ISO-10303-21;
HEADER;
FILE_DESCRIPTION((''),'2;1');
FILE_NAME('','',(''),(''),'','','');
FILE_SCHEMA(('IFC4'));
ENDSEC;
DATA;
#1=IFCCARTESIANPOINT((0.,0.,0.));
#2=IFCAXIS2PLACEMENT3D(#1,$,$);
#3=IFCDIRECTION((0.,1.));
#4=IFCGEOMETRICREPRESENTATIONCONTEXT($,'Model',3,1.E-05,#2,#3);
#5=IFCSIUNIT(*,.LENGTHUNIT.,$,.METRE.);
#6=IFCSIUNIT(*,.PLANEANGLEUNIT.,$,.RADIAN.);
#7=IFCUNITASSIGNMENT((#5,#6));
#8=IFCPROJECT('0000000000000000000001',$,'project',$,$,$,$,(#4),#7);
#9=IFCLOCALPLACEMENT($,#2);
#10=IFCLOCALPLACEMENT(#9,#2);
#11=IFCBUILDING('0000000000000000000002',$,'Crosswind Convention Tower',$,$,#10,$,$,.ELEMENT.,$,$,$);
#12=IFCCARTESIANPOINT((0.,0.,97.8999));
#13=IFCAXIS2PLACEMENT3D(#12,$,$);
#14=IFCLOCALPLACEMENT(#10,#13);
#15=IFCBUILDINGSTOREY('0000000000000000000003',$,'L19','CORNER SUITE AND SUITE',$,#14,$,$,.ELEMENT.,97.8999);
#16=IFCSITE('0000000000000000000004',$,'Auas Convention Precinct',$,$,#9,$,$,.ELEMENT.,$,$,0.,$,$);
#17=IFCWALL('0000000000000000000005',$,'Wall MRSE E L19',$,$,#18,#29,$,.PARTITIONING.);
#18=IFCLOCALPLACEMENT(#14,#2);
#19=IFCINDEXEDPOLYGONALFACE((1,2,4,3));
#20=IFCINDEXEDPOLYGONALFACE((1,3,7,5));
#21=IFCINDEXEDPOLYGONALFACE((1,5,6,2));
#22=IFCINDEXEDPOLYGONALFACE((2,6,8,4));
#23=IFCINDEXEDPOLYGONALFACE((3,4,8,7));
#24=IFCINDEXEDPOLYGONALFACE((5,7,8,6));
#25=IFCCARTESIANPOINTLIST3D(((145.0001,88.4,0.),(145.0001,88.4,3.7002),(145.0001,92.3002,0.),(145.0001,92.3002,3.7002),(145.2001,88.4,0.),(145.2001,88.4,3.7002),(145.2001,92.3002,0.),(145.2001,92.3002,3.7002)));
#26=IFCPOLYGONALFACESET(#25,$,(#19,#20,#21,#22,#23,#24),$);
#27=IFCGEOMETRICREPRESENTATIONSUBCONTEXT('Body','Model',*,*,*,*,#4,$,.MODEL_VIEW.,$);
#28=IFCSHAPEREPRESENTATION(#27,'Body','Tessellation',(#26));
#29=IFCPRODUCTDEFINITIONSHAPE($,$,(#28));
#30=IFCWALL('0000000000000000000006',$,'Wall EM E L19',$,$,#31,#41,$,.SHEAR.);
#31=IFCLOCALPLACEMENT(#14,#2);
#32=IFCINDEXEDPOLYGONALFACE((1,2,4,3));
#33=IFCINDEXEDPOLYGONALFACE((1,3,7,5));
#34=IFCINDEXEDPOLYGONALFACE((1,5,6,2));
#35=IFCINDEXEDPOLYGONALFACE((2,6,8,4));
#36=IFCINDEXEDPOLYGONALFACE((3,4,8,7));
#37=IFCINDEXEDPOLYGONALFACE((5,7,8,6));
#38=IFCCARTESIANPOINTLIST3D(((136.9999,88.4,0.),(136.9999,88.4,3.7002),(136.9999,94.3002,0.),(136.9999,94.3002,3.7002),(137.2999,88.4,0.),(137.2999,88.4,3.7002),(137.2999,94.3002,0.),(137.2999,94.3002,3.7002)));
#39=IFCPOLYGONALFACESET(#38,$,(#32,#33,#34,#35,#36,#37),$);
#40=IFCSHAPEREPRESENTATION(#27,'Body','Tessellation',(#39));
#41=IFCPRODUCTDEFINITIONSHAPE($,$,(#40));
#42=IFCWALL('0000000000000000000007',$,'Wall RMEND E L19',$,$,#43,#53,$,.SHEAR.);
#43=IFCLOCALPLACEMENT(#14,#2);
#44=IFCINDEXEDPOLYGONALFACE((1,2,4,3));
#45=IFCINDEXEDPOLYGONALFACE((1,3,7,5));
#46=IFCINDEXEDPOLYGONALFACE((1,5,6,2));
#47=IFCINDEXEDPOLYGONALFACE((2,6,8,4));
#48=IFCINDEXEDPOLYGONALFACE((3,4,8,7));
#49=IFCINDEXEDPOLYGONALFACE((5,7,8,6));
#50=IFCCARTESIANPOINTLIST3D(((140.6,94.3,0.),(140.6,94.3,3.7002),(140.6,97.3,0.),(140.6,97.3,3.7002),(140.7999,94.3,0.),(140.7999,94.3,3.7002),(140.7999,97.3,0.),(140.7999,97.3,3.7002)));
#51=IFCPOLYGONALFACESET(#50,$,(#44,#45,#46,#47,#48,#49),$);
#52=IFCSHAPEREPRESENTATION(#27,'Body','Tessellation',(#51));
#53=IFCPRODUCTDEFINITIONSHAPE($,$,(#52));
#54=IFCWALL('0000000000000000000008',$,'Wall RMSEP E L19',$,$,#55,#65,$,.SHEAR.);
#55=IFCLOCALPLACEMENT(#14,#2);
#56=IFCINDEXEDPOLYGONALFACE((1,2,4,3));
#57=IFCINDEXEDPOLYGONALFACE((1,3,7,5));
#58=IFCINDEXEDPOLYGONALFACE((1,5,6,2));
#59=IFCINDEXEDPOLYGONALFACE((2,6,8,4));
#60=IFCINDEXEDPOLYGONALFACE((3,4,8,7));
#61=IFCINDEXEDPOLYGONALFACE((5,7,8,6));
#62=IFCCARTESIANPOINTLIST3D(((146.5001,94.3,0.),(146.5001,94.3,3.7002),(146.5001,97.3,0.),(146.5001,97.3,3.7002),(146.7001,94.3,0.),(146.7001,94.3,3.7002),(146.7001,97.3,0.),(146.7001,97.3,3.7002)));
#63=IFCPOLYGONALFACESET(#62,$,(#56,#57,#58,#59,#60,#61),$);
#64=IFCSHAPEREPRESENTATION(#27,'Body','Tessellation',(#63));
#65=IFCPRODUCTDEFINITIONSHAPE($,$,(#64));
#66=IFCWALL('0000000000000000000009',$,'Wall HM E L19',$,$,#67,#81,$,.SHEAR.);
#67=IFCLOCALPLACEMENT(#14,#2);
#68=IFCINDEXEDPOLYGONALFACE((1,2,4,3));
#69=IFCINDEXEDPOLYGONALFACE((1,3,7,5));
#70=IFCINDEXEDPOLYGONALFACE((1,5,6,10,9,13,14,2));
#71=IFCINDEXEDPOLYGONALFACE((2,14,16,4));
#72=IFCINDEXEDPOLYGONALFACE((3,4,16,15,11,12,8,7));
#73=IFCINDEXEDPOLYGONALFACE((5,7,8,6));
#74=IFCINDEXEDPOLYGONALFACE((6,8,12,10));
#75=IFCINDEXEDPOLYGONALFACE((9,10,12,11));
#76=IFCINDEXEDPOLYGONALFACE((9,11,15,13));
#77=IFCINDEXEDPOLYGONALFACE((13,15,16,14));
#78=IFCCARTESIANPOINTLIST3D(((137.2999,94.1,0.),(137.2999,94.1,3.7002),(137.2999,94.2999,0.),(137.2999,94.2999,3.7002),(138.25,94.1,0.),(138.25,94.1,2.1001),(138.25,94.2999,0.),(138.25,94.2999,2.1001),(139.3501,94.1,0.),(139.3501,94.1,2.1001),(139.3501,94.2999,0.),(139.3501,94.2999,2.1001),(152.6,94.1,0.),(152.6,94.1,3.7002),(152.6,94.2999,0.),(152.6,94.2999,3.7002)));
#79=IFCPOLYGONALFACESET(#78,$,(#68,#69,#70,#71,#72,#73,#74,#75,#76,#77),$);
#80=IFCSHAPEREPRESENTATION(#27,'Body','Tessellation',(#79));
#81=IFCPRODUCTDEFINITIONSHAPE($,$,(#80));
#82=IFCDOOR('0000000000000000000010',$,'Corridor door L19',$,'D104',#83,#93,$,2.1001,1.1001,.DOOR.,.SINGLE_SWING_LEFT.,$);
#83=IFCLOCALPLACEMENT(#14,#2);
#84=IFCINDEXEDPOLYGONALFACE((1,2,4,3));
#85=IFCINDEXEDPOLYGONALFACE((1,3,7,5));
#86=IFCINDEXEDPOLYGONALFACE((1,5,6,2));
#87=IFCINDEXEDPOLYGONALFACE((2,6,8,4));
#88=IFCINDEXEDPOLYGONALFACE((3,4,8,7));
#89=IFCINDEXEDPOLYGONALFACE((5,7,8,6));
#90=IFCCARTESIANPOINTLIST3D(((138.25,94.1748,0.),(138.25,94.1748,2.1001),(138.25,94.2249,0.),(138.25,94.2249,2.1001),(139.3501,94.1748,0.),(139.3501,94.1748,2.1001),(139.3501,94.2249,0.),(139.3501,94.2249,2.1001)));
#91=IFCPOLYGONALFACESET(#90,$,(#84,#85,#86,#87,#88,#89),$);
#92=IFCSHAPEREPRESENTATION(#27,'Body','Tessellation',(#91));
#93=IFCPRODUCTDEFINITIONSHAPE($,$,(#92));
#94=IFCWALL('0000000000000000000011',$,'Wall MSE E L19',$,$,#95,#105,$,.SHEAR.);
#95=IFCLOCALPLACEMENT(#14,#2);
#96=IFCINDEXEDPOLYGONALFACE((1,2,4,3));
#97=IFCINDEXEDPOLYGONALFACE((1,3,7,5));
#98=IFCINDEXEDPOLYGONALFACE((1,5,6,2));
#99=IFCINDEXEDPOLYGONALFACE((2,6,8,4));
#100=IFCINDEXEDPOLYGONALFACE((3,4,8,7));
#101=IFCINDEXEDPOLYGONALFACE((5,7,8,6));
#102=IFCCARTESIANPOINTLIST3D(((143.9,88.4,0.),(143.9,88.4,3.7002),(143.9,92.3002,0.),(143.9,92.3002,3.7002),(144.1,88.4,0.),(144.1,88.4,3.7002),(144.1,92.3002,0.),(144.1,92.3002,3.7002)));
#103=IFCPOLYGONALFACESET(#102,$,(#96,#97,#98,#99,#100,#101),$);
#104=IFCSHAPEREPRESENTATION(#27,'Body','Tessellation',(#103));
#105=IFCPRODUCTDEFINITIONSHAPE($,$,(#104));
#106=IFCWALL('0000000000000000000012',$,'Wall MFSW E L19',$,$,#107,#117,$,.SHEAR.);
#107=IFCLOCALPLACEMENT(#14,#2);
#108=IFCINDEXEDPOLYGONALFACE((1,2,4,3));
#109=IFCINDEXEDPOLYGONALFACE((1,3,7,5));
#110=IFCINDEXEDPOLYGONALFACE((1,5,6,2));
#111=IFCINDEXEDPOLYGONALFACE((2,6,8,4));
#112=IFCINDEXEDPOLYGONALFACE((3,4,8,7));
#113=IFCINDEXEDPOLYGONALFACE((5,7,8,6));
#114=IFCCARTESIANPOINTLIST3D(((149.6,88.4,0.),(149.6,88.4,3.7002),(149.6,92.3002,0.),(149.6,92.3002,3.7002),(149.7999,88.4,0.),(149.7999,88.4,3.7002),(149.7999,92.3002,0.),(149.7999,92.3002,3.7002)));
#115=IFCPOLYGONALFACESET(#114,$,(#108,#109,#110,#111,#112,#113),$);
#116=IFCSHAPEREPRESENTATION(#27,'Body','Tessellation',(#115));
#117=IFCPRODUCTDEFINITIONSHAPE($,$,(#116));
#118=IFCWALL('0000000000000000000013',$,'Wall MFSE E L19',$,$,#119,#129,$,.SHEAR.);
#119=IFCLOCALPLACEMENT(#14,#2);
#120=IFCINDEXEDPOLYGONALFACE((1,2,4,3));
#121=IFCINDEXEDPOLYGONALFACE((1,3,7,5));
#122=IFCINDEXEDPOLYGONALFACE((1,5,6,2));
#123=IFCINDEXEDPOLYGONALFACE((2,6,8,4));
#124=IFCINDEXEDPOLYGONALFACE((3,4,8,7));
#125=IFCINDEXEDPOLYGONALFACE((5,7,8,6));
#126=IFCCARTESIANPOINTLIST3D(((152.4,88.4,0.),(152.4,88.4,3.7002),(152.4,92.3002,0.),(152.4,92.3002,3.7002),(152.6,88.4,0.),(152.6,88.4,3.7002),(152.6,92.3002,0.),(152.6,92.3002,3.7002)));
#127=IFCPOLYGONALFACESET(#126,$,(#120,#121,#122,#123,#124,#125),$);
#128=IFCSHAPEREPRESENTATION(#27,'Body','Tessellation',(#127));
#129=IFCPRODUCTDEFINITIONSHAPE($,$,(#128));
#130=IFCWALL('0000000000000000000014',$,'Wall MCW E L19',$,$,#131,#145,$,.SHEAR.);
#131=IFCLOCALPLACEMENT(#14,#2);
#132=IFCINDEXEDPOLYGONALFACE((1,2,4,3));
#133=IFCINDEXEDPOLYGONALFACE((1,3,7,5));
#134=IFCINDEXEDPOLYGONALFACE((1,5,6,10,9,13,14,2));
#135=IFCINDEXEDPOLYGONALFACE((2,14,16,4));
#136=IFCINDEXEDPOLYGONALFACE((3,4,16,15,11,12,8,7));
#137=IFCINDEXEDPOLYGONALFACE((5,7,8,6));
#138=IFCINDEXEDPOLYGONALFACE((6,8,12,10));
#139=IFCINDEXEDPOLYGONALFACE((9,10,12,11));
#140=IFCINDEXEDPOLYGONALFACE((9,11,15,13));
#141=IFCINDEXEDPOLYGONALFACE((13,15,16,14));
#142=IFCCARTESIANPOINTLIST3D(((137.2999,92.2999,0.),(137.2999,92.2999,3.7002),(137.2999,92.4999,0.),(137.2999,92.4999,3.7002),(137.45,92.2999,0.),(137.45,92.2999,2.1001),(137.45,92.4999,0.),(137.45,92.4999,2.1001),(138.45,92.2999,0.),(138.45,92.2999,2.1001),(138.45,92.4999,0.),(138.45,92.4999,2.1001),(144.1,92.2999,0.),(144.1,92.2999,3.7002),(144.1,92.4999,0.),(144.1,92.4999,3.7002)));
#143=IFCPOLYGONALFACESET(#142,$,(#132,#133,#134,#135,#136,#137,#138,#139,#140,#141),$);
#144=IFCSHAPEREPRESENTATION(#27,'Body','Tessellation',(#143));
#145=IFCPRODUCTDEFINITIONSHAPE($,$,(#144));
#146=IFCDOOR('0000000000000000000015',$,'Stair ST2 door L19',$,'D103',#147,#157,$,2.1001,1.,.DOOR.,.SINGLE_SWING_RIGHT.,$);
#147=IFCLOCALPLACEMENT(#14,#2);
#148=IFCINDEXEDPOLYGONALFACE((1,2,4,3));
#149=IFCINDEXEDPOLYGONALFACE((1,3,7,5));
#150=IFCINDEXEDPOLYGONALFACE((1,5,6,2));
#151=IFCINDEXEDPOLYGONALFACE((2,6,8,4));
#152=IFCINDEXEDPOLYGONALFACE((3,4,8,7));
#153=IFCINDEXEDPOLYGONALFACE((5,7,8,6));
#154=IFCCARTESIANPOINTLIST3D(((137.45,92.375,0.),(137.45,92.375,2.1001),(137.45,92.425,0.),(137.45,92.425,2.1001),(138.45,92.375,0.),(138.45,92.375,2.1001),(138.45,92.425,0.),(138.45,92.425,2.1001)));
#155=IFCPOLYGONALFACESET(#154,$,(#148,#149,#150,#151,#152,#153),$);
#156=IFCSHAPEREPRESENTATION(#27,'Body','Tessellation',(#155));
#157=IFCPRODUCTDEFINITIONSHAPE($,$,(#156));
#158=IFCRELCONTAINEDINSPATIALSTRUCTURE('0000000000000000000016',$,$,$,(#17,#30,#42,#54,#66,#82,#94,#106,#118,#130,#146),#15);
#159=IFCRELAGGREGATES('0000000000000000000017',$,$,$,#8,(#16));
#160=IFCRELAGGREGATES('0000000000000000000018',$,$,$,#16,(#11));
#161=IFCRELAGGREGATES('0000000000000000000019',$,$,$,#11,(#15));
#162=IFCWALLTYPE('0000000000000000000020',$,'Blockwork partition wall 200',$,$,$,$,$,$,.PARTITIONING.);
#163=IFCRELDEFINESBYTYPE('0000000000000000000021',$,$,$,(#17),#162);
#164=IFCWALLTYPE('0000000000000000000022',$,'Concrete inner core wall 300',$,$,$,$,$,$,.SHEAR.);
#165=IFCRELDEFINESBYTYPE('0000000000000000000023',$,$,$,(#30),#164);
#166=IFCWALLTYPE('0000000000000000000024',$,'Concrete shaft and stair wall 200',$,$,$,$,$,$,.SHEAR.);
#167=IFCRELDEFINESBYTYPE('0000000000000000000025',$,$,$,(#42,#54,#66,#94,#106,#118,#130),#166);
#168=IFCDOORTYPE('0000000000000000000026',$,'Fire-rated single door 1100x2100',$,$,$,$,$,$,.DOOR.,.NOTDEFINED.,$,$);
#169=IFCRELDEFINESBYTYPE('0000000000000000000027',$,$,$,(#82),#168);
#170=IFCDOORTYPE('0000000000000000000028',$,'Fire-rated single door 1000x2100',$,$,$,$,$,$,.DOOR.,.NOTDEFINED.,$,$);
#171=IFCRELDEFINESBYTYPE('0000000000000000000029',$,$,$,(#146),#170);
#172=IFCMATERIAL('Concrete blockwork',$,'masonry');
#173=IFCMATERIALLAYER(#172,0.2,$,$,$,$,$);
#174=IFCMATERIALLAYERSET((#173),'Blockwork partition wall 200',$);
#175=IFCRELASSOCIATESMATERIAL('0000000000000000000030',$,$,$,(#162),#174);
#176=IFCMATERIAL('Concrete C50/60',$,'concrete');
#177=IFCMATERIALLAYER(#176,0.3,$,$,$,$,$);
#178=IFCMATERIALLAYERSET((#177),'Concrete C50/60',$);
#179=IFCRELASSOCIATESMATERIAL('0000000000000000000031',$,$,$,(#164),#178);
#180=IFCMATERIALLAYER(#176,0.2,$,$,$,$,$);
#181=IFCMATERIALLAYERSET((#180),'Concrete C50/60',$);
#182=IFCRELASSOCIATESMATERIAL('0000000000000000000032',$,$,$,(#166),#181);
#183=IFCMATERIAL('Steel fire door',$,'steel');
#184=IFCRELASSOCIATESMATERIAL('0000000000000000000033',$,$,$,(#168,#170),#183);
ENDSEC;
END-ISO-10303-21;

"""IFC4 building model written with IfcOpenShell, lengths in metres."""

from ifc_helpers import new_model, si_unit, direction, frame, frame_2d, origin, place, context, subcontext, project, spatial, rectangle, extrude, material, layer, layer_set, type_object, element, fill, save


model = new_model("IFC4")

# Units and contexts
model_context = context("Model", 3, precision=1e-05, world=origin(), true_north=direction((0.0, 1.0)))
body_context = subcontext(model_context, "Body", "Model", "MODEL_VIEW")
ifc_project = project(units=[si_unit("LENGTHUNIT", "METRE"), si_unit("PLANEANGLEUNIT", "RADIAN")], contexts=[model_context])

# Site, building, storey
site_placement = place(None, origin())
site = spatial("IfcSite", under=ifc_project, at=site_placement, Name="Auas Convention Precinct", CompositionType="ELEMENT", RefElevation=0.0)
building_placement = place(site_placement, origin())
building = spatial("IfcBuilding", under=site, at=building_placement, Name="Crosswind Convention Tower", CompositionType="ELEMENT")
storey_placement = place(building_placement, frame((0.0, 0.0, 97.8999)))
storey = spatial("IfcBuildingStorey", under=building, at=storey_placement, Name="L19", Description="CORNER SUITE AND SUITE", CompositionType="ELEMENT", Elevation=97.8999)

# Wall
ifc_material_1 = material(Name="Concrete blockwork", Category="masonry")
ifc_layer_1 = layer(ifc_material_1, 0.2)
ifc_layer_set_1 = layer_set([ifc_layer_1], Name="Blockwork partition wall 200")
wall_type_1 = type_object("IfcWallType", Name="Blockwork partition wall 200", PredefinedType="PARTITIONING", material=ifc_layer_set_1)
wall_1_placement = place(storey_placement, frame((145.1001, 88.3999, 0.0), z_axis=(0.0, 0.0, 1.0), x_axis=(0.0, 1.0, 0.0)))
element("IfcWall", 1, at=wall_1_placement, inside=storey, type_object=wall_type_1, Name="Wall MRSE E L19", PredefinedType="PARTITIONING", context=body_context, shape_type="SweptSolid", body=[
    extrude(rectangle(XDim=3.9001, YDim=0.2, at=frame_2d((1.9502, 0.0))), origin(), (0.0, 0.0, 1.0), 3.7002),
])

# Shared definitions
ifc_material_2 = material(Name="Concrete C50/60", Category="concrete")
ifc_layer_2 = layer(ifc_material_2, 0.3)
ifc_layer_set_2 = layer_set([ifc_layer_2], Name="Concrete C50/60")
wall_type_2 = type_object("IfcWallType", Name="Concrete inner core wall 300", PredefinedType="SHEAR", material=ifc_layer_set_2)

# Walls
wall_2_placement = place(storey_placement, frame((137.1499, 88.3999, 0.0), z_axis=(0.0, 0.0, 1.0), x_axis=(0.0, 1.0, 0.0)))
element("IfcWall", 2, at=wall_2_placement, inside=storey, type_object=wall_type_2, Name="Wall EM E L19", PredefinedType="SHEAR", context=body_context, shape_type="SweptSolid", body=[
    extrude(rectangle(XDim=5.9001, YDim=0.3, at=frame_2d((2.9502, 0.0))), origin(), (0.0, 0.0, 1.0), 3.7002),
])
ifc_layer_3 = layer(ifc_material_2, 0.2)
ifc_layer_set_3 = layer_set([ifc_layer_3], Name="Concrete C50/60")
wall_type_3 = type_object("IfcWallType", Name="Concrete shaft and stair wall 200", PredefinedType="SHEAR", material=ifc_layer_set_3)
for number, where, z_axis, x_axis, name in (
    (3, (140.7, 94.3, 0.0), (0.0, 0.0, 1.0), (0.0, 1.0, 0.0), "Wall RMEND E L19"),
    (4, (146.6001, 94.3, 0.0), (0.0, 0.0, 1.0), (0.0, 1.0, 0.0), "Wall RMSEP E L19"),
):
    element("IfcWall", number, at=place(storey_placement, frame(where, z_axis=z_axis, x_axis=x_axis)), inside=storey, type_object=wall_type_3, Name=name, PredefinedType="SHEAR", context=body_context, shape_type="SweptSolid", body=[
        extrude(rectangle(XDim=3.0, YDim=0.2, at=frame_2d((1.5, 0.0))), origin(), (0.0, 0.0, 1.0), 3.7002),
    ])

# Wall, opening, door
wall_3_placement = place(storey_placement, frame((137.3, 94.2, 0.0), z_axis=(0.0, 0.0, 1.0), x_axis=(1.0, 0.0, 0.0)))
wall_3 = element("IfcWall", 5, at=wall_3_placement, inside=storey, type_object=wall_type_3, Name="Wall HM E L19", PredefinedType="SHEAR", context=body_context, shape_type="SweptSolid", body=[
    extrude(rectangle(XDim=15.3, YDim=0.2, at=frame_2d((7.6499, 0.0))), origin(), (0.0, 0.0, 1.0), 3.7002),
])
opening_1_placement = place(wall_3_placement, frame((0.95, 0.0, 0.0)))
opening_1 = element("IfcOpeningElement", 6, at=opening_1_placement, cuts=wall_3, PredefinedType="OPENING", context=body_context, shape_type="SweptSolid", body=[
    extrude(rectangle(XDim=1.1001, YDim=2.1001, at=frame_2d((0.55, 1.05))), frame((0.0, 0.1099, 0.0), z_axis=(0.0, -1.0, 0.0), x_axis=(1.0, 0.0, 0.0)), (0.0, 0.0, 1.0), 0.22),
])
ifc_material_3 = material(Name="Steel fire door", Category="steel")
door_type_1 = type_object("IfcDoorType", Name="Fire-rated single door 1100x2100", OperationType="NOTDEFINED", PredefinedType="DOOR", material=ifc_material_3)
door_1_placement = place(opening_1_placement, origin())
door_1 = element("IfcDoor", 7, at=door_1_placement, inside=storey, type_object=door_type_1, Name="Corridor door L19", ObjectType="D104", OperationType="SINGLE_SWING_LEFT", OverallHeight=2.1001, OverallWidth=1.1001, PredefinedType="DOOR", context=body_context, shape_type="SweptSolid", body=[
    extrude(rectangle(XDim=1.1001, YDim=2.1001, at=frame_2d((0.55, 1.05))), frame((0.0, 0.0249, 0.0), z_axis=(0.0, -1.0, 0.0), x_axis=(1.0, 0.0, 0.0)), (0.0, 0.0, 1.0), 0.05),
])
fill(opening_1, door_1)

# Walls
for number, where, z_axis, x_axis, name in (
    (8, (144.0, 88.3999, 0.0), (0.0, 0.0, 1.0), (0.0, 1.0, 0.0), "Wall MSE E L19"),
    (9, (149.7, 88.3999, 0.0), (0.0, 0.0, 1.0), (0.0, 1.0, 0.0), "Wall MFSW E L19"),
    (10, (152.5, 88.3999, 0.0), (0.0, 0.0, 1.0), (0.0, 1.0, 0.0), "Wall MFSE E L19"),
):
    element("IfcWall", number, at=place(storey_placement, frame(where, z_axis=z_axis, x_axis=x_axis)), inside=storey, type_object=wall_type_3, Name=name, PredefinedType="SHEAR", context=body_context, shape_type="SweptSolid", body=[
        extrude(rectangle(XDim=3.9001, YDim=0.2, at=frame_2d((1.9502, 0.0))), origin(), (0.0, 0.0, 1.0), 3.7002),
    ])

# Wall, opening, door
wall_4_placement = place(storey_placement, frame((137.3, 92.3999, 0.0), z_axis=(0.0, 0.0, 1.0), x_axis=(1.0, 0.0, 0.0)))
wall_4 = element("IfcWall", 11, at=wall_4_placement, inside=storey, type_object=wall_type_3, Name="Wall MCW E L19", PredefinedType="SHEAR", context=body_context, shape_type="SweptSolid", body=[
    extrude(rectangle(XDim=6.8, YDim=0.2, at=frame_2d((3.3999, 0.0))), origin(), (0.0, 0.0, 1.0), 3.7002),
])
opening_2_placement = place(wall_4_placement, frame((0.1499, 0.0, 0.0)))
opening_2 = element("IfcOpeningElement", 12, at=opening_2_placement, cuts=wall_4, PredefinedType="OPENING", context=body_context, shape_type="SweptSolid", body=[
    extrude(rectangle(XDim=1.0, YDim=2.1001, at=frame_2d((0.5, 1.05))), frame((0.0, 0.1099, 0.0), z_axis=(0.0, -1.0, 0.0), x_axis=(1.0, 0.0, 0.0)), (0.0, 0.0, 1.0), 0.22),
])
door_type_2 = type_object("IfcDoorType", Name="Fire-rated single door 1000x2100", OperationType="NOTDEFINED", PredefinedType="DOOR", material=ifc_material_3)
door_2_placement = place(opening_2_placement, frame((1.0, 0.0, 0.0), z_axis=(0.0, 0.0, 1.0), x_axis=(-1.0, 0.0, 0.0)))
door_2 = element("IfcDoor", 13, at=door_2_placement, inside=storey, type_object=door_type_2, Name="Stair ST2 door L19", ObjectType="D103", OperationType="SINGLE_SWING_RIGHT", OverallHeight=2.1001, OverallWidth=1.0, PredefinedType="DOOR", context=body_context, shape_type="SweptSolid", body=[
    extrude(rectangle(XDim=1.0, YDim=2.1001, at=frame_2d((0.5, 1.05))), frame((0.0, 0.0249, 0.0), z_axis=(0.0, -1.0, 0.0), x_axis=(1.0, 0.0, 0.0)), (0.0, 0.0, 1.0), 0.05),
])
fill(opening_2, door_2)

save(model, "model.ifc")
